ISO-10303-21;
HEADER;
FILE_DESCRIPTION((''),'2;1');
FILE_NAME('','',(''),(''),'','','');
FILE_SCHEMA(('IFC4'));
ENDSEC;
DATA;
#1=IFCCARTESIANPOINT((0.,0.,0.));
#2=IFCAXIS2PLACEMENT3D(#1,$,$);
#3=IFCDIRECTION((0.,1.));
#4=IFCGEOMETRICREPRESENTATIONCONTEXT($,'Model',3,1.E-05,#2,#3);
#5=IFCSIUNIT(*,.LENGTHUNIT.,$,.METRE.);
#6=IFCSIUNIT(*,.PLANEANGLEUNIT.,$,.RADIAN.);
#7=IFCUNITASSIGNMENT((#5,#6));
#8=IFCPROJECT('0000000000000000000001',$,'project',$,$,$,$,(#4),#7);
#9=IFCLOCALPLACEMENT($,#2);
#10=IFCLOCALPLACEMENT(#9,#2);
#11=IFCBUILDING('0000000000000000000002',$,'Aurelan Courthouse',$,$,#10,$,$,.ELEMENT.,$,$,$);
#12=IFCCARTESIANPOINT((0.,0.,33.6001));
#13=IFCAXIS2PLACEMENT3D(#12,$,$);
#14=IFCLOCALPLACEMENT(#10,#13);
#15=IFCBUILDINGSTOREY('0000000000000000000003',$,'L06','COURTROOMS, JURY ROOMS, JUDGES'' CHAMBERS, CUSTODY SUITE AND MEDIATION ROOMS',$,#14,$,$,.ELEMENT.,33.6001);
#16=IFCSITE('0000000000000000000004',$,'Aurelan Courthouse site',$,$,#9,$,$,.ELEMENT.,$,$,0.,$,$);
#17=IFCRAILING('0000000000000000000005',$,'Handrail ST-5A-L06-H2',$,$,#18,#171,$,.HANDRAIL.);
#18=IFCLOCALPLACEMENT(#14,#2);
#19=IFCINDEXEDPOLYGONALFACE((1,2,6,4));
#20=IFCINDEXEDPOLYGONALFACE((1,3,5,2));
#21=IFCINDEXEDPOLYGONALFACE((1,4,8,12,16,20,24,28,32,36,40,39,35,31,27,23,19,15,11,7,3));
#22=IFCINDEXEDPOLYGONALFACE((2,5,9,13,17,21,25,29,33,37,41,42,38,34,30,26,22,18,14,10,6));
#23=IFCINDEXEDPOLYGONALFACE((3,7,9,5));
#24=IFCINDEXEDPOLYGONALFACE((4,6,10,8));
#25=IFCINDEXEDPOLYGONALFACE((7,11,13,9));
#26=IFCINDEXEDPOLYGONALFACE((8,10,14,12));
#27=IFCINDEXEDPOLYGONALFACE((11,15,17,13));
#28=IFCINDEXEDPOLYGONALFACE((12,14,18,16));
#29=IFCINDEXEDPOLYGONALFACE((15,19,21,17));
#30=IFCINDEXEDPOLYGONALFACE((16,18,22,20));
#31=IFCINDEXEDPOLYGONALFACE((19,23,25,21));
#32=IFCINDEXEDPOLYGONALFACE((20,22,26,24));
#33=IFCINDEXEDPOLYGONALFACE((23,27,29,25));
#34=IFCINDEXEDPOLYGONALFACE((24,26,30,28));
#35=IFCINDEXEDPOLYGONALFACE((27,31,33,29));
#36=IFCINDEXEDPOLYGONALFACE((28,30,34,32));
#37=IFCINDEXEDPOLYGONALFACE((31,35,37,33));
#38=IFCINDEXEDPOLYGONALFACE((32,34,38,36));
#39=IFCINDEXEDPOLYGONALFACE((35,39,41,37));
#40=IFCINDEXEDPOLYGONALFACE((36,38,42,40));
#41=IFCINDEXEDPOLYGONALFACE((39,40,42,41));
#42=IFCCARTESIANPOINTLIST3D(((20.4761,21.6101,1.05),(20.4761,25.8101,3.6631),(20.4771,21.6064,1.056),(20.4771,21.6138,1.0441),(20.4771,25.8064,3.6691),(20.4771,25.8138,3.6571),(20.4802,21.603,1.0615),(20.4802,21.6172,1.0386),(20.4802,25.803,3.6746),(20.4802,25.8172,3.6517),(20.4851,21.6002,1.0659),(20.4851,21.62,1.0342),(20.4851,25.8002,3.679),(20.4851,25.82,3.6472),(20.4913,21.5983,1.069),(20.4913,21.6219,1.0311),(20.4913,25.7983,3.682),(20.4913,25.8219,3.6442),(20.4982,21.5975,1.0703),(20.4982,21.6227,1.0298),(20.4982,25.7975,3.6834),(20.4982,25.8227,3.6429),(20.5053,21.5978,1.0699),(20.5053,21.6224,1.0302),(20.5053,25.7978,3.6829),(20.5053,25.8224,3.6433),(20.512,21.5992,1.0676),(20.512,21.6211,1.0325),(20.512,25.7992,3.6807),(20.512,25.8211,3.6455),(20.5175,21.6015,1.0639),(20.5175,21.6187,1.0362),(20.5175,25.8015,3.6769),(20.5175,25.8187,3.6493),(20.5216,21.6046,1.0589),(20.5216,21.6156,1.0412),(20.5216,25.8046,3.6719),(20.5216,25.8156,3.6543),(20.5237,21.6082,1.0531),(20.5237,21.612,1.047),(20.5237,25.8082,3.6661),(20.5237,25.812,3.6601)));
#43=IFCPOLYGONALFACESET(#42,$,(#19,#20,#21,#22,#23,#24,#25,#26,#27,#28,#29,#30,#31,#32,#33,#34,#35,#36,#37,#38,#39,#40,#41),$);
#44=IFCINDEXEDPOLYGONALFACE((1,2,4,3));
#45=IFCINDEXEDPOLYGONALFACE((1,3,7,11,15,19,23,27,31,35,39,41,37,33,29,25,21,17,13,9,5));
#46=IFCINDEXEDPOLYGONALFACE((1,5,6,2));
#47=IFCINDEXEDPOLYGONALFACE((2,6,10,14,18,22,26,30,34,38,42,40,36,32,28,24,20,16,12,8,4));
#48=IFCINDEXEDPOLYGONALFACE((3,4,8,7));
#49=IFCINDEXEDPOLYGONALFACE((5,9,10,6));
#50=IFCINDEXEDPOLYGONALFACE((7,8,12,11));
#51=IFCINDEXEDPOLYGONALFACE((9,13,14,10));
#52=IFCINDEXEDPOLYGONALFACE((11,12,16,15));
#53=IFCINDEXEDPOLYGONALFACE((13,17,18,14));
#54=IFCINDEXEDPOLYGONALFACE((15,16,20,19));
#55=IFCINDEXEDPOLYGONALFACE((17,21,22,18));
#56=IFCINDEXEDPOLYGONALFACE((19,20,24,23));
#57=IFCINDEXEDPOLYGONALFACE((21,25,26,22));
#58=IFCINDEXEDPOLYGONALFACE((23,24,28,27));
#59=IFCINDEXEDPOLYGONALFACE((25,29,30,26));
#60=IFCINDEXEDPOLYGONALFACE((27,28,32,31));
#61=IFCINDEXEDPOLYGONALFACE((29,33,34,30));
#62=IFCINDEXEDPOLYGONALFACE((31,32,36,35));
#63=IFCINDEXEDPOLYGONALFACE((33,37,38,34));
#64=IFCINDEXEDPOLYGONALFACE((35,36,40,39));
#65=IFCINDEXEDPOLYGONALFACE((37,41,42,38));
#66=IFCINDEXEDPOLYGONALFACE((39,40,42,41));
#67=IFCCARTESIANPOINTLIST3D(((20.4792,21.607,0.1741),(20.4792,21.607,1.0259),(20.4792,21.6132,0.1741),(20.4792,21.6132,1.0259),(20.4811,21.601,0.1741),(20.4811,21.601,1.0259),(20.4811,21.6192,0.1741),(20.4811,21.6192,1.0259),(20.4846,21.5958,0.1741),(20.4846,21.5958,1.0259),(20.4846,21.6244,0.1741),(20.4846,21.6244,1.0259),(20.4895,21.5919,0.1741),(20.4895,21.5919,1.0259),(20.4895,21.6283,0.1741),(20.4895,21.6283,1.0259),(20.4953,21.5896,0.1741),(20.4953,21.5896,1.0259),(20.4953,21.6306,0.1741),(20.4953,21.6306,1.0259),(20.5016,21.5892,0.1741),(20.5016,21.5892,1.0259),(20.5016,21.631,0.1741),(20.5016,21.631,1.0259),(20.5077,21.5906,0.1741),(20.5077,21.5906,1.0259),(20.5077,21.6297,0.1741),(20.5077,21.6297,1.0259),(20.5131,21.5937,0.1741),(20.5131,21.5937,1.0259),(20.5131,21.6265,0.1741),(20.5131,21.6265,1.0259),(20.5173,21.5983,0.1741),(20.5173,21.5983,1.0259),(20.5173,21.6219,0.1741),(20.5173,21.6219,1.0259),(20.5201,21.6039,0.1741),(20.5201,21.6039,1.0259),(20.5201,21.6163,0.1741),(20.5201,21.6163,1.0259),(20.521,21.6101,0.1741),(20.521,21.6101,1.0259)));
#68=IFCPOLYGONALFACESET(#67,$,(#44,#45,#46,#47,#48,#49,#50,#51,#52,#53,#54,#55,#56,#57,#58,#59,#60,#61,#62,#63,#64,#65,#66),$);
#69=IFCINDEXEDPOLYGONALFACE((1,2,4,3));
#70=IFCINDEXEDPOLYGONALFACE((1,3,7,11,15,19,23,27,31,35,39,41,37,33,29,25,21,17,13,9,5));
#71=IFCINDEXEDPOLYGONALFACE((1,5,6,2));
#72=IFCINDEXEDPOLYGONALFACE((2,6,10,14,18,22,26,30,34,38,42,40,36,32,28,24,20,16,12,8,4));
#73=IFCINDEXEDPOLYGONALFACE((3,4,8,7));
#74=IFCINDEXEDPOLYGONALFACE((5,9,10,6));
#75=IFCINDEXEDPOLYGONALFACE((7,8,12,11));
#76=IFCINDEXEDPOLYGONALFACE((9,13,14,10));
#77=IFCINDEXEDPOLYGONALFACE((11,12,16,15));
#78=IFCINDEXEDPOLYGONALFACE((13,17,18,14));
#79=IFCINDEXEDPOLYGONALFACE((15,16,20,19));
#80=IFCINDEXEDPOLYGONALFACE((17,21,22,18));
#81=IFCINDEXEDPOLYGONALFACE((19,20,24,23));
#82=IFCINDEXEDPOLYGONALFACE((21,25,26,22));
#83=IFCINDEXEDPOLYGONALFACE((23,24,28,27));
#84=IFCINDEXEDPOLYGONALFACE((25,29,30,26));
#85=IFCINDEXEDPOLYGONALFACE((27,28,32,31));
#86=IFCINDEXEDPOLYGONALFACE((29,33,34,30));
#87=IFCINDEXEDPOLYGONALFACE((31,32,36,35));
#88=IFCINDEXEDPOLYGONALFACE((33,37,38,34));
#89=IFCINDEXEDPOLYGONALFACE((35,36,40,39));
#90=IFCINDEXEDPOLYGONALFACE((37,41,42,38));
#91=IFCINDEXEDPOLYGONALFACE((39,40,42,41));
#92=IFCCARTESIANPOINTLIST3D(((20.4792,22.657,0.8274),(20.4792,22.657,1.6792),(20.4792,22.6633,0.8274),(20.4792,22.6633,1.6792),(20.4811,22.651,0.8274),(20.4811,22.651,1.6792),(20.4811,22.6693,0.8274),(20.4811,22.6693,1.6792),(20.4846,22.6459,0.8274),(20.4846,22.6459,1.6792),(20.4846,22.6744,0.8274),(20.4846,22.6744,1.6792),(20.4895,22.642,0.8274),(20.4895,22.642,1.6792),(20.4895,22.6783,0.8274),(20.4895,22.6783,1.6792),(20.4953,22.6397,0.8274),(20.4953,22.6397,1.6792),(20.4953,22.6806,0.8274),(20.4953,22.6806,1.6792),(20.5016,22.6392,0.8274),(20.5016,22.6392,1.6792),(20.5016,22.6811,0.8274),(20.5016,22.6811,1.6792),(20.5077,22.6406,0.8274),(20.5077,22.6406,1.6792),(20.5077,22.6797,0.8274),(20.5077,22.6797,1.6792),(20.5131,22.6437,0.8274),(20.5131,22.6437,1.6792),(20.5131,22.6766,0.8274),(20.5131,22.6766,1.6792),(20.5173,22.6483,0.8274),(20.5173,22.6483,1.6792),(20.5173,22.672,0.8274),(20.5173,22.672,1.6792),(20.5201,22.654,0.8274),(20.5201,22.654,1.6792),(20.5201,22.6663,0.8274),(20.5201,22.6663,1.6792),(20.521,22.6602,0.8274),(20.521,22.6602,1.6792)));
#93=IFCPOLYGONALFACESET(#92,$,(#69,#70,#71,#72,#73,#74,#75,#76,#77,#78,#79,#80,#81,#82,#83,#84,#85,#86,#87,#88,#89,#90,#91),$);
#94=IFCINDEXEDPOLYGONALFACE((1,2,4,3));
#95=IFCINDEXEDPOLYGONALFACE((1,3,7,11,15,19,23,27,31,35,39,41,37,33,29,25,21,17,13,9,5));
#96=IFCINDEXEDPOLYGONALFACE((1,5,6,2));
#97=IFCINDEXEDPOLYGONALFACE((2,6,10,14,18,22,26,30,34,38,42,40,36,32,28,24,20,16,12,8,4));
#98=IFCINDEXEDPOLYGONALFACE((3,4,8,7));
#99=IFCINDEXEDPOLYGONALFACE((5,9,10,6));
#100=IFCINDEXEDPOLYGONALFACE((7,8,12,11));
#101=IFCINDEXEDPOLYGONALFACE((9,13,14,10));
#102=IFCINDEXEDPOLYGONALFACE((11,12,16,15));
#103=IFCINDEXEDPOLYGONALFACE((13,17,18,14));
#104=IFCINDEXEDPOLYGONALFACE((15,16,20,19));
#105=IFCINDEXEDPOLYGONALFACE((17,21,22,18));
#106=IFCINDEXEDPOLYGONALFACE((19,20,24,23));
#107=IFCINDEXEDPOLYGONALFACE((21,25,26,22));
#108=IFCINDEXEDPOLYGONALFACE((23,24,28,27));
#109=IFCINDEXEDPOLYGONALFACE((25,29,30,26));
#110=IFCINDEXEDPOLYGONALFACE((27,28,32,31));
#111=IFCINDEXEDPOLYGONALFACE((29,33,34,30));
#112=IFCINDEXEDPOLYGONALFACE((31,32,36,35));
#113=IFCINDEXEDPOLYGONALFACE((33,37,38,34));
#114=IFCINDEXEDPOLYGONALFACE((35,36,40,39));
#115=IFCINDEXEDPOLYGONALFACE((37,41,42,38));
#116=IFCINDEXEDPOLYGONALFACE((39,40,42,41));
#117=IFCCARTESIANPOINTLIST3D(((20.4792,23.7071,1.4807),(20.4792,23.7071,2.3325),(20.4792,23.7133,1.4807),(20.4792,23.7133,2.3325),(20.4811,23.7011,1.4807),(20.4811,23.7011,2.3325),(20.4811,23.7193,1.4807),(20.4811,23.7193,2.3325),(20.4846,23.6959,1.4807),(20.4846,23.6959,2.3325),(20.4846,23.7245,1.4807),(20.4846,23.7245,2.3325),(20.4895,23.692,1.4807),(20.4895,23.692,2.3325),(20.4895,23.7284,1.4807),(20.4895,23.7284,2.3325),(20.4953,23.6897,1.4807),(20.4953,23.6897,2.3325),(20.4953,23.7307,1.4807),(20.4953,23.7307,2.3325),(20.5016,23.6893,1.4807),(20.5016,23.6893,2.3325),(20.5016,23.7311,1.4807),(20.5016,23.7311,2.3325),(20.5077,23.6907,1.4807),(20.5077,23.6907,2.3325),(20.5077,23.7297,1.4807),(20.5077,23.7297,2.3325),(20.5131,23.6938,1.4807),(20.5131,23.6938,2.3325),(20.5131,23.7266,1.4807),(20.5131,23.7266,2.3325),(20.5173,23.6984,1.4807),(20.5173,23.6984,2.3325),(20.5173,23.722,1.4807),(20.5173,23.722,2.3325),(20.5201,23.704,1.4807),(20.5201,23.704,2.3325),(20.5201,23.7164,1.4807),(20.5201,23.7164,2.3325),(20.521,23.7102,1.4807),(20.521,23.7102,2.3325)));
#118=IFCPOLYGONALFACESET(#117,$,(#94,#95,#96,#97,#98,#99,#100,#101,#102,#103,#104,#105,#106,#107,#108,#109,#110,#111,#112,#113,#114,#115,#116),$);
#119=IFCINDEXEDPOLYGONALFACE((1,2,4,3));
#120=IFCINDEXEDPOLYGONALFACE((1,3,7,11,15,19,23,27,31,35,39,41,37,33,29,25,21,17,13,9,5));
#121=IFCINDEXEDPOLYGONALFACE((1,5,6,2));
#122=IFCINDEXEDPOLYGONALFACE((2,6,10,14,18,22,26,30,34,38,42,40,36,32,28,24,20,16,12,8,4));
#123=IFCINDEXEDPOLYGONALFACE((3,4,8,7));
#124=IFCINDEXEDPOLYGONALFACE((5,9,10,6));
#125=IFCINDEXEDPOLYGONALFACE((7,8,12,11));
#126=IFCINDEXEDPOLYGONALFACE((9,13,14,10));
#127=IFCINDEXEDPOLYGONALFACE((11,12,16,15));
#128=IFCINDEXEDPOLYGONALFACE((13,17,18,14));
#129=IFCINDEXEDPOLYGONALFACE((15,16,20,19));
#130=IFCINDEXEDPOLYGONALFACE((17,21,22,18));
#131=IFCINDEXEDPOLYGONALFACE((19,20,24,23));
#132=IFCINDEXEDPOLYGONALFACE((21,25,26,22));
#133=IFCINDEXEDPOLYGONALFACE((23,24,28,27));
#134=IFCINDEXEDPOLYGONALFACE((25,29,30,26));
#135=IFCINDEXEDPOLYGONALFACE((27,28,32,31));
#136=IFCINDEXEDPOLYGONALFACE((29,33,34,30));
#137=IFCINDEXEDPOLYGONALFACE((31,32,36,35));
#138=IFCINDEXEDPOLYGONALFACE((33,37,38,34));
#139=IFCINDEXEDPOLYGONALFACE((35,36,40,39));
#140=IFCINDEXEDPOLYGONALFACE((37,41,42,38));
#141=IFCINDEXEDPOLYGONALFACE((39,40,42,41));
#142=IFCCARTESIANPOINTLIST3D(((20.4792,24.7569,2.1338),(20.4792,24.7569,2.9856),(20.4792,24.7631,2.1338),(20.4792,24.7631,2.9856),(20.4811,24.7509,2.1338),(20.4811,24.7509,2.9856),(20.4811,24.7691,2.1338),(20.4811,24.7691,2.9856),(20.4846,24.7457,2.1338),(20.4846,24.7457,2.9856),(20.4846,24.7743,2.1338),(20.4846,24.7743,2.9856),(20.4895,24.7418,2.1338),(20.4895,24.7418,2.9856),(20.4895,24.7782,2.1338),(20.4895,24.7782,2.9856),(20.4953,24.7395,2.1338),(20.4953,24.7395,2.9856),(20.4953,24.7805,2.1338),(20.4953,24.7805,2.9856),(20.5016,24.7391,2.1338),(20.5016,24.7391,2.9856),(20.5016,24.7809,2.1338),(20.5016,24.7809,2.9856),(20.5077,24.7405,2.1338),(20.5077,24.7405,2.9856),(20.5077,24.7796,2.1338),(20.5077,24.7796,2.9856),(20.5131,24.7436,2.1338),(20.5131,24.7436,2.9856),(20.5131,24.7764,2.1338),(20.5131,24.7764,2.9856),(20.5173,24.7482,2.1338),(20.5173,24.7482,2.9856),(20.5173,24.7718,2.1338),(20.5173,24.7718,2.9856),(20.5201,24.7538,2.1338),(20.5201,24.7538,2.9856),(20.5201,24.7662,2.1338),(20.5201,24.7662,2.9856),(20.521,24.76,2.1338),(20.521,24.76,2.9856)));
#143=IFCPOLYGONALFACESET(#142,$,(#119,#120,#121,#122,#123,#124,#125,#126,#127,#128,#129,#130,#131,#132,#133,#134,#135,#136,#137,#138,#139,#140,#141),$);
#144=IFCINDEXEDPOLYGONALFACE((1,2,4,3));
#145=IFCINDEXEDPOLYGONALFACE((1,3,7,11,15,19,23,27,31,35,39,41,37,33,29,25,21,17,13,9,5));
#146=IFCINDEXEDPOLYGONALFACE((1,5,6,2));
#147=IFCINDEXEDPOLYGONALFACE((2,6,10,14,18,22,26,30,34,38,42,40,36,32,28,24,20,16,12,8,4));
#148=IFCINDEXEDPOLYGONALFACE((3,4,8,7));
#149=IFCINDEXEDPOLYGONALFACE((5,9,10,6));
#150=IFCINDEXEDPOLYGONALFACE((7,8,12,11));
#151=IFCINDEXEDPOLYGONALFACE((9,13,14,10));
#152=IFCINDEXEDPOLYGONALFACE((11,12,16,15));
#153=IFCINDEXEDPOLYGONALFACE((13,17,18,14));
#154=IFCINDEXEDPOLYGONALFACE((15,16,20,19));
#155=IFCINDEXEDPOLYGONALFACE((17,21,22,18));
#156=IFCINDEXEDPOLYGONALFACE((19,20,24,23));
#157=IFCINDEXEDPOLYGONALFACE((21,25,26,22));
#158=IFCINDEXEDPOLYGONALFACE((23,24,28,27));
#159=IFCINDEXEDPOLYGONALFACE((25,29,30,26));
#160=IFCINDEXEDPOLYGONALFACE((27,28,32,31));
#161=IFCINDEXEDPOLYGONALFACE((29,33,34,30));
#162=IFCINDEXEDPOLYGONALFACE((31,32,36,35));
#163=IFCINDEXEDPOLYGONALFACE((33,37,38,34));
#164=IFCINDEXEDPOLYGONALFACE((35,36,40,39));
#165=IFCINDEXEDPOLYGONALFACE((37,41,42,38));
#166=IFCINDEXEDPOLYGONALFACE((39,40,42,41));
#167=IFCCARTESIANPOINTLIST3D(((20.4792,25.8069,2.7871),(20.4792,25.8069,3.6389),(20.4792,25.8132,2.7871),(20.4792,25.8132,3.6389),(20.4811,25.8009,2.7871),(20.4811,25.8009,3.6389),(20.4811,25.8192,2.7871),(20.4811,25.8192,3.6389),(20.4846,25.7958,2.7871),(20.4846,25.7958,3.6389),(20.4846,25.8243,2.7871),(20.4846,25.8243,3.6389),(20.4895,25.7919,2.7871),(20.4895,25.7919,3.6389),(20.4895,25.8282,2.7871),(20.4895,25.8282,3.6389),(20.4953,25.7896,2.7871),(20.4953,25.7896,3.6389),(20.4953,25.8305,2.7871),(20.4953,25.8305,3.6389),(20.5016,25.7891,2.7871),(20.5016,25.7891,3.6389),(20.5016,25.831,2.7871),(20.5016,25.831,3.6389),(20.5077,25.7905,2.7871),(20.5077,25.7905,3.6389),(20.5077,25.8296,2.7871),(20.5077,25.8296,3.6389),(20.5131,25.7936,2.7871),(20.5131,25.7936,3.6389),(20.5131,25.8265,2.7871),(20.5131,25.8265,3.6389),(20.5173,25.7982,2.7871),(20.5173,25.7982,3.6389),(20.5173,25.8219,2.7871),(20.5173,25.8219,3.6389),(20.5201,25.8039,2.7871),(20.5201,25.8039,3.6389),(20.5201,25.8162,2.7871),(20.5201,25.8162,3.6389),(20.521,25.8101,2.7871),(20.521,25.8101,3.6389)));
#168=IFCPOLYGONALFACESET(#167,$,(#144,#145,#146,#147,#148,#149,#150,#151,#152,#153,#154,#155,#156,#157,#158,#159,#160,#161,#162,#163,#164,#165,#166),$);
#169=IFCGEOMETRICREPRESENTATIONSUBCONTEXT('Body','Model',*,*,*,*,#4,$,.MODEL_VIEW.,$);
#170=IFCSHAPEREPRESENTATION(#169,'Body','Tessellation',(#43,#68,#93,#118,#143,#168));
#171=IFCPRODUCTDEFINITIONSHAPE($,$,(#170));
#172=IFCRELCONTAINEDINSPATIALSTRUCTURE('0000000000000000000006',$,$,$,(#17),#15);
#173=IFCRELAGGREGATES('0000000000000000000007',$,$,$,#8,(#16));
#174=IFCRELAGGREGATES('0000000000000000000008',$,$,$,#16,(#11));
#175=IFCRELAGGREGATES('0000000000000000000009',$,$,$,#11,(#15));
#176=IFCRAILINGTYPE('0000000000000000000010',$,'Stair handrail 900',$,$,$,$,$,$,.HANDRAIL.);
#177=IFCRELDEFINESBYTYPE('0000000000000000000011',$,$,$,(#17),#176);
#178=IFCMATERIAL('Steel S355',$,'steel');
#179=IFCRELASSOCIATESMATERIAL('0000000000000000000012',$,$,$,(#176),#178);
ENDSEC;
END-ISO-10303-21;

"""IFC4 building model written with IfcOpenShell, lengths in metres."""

from ifc_helpers import new_model, si_unit, direction, frame, origin, origin_2d, place, context, subcontext, project, spatial, circle, extrude, material, type_object, element, save


model = new_model("IFC4")

# Units and contexts
model_context = context("Model", 3, precision=1e-05, world=origin(), true_north=direction((0.0, 1.0)))
body_context = subcontext(model_context, "Body", "Model", "MODEL_VIEW")
ifc_project = project(units=[si_unit("LENGTHUNIT", "METRE"), si_unit("PLANEANGLEUNIT", "RADIAN")], contexts=[model_context])

# Site, building, storey
site_placement = place(None, origin())
site = spatial("IfcSite", under=ifc_project, at=site_placement, Name="Aurelan Courthouse site", CompositionType="ELEMENT", RefElevation=0.0)
building_placement = place(site_placement, origin())
building = spatial("IfcBuilding", under=site, at=building_placement, Name="Aurelan Courthouse", CompositionType="ELEMENT")
storey_placement = place(building_placement, frame((0.0, 0.0, 33.6001)))
storey = spatial("IfcBuildingStorey", under=building, at=storey_placement, Name="L06", Description="COURTROOMS, JURY ROOMS, JUDGES' CHAMBERS, CUSTODY SUITE AND MEDIATION ROOMS", CompositionType="ELEMENT", Elevation=33.6001)

# Railing
ifc_material_1 = material(Name="Steel S355", Category="steel")
railing_type_1 = type_object("IfcRailingType", Name="Stair handrail 900", PredefinedType="HANDRAIL", material=ifc_material_1)
for number, where, name in (
    (1, (20.5, 21.6101, 0.1741), "Handrail ST-5A-L06-H2"),
):
    element("IfcRailing", number, at=place(storey_placement, frame(where)), inside=storey, type_object=railing_type_1, Name=name, PredefinedType="HANDRAIL", context=body_context, shape_type="SweptSolid", body=[
        extrude(circle(Radius=0.0239, at=origin_2d()), frame((0.0, 0.0, 0.876), z_axis=(0.0, 0.849081, 0.528263), x_axis=(-1.0, 0.0, 0.0)), (0.0, 0.0, 1.0), 4.9465),
        extrude(circle(Radius=0.021, at=origin_2d()), origin(), (0.0, 0.0, 1.0), 0.8518),
        extrude(circle(Radius=0.021, at=origin_2d()), frame((0.0, 1.05, 0.6533)), (0.0, 0.0, 1.0), 0.8518),
        extrude(circle(Radius=0.021, at=origin_2d()), frame((0.0, 2.1001, 1.3066)), (0.0, 0.0, 1.0), 0.8518),
        extrude(circle(Radius=0.021, at=origin_2d()), frame((0.0, 3.1499, 1.9597)), (0.0, 0.0, 1.0), 0.8518),
        extrude(circle(Radius=0.021, at=origin_2d()), frame((0.0, 4.2, 2.613)), (0.0, 0.0, 1.0), 0.8518),
    ])

save(model, "model.ifc")
